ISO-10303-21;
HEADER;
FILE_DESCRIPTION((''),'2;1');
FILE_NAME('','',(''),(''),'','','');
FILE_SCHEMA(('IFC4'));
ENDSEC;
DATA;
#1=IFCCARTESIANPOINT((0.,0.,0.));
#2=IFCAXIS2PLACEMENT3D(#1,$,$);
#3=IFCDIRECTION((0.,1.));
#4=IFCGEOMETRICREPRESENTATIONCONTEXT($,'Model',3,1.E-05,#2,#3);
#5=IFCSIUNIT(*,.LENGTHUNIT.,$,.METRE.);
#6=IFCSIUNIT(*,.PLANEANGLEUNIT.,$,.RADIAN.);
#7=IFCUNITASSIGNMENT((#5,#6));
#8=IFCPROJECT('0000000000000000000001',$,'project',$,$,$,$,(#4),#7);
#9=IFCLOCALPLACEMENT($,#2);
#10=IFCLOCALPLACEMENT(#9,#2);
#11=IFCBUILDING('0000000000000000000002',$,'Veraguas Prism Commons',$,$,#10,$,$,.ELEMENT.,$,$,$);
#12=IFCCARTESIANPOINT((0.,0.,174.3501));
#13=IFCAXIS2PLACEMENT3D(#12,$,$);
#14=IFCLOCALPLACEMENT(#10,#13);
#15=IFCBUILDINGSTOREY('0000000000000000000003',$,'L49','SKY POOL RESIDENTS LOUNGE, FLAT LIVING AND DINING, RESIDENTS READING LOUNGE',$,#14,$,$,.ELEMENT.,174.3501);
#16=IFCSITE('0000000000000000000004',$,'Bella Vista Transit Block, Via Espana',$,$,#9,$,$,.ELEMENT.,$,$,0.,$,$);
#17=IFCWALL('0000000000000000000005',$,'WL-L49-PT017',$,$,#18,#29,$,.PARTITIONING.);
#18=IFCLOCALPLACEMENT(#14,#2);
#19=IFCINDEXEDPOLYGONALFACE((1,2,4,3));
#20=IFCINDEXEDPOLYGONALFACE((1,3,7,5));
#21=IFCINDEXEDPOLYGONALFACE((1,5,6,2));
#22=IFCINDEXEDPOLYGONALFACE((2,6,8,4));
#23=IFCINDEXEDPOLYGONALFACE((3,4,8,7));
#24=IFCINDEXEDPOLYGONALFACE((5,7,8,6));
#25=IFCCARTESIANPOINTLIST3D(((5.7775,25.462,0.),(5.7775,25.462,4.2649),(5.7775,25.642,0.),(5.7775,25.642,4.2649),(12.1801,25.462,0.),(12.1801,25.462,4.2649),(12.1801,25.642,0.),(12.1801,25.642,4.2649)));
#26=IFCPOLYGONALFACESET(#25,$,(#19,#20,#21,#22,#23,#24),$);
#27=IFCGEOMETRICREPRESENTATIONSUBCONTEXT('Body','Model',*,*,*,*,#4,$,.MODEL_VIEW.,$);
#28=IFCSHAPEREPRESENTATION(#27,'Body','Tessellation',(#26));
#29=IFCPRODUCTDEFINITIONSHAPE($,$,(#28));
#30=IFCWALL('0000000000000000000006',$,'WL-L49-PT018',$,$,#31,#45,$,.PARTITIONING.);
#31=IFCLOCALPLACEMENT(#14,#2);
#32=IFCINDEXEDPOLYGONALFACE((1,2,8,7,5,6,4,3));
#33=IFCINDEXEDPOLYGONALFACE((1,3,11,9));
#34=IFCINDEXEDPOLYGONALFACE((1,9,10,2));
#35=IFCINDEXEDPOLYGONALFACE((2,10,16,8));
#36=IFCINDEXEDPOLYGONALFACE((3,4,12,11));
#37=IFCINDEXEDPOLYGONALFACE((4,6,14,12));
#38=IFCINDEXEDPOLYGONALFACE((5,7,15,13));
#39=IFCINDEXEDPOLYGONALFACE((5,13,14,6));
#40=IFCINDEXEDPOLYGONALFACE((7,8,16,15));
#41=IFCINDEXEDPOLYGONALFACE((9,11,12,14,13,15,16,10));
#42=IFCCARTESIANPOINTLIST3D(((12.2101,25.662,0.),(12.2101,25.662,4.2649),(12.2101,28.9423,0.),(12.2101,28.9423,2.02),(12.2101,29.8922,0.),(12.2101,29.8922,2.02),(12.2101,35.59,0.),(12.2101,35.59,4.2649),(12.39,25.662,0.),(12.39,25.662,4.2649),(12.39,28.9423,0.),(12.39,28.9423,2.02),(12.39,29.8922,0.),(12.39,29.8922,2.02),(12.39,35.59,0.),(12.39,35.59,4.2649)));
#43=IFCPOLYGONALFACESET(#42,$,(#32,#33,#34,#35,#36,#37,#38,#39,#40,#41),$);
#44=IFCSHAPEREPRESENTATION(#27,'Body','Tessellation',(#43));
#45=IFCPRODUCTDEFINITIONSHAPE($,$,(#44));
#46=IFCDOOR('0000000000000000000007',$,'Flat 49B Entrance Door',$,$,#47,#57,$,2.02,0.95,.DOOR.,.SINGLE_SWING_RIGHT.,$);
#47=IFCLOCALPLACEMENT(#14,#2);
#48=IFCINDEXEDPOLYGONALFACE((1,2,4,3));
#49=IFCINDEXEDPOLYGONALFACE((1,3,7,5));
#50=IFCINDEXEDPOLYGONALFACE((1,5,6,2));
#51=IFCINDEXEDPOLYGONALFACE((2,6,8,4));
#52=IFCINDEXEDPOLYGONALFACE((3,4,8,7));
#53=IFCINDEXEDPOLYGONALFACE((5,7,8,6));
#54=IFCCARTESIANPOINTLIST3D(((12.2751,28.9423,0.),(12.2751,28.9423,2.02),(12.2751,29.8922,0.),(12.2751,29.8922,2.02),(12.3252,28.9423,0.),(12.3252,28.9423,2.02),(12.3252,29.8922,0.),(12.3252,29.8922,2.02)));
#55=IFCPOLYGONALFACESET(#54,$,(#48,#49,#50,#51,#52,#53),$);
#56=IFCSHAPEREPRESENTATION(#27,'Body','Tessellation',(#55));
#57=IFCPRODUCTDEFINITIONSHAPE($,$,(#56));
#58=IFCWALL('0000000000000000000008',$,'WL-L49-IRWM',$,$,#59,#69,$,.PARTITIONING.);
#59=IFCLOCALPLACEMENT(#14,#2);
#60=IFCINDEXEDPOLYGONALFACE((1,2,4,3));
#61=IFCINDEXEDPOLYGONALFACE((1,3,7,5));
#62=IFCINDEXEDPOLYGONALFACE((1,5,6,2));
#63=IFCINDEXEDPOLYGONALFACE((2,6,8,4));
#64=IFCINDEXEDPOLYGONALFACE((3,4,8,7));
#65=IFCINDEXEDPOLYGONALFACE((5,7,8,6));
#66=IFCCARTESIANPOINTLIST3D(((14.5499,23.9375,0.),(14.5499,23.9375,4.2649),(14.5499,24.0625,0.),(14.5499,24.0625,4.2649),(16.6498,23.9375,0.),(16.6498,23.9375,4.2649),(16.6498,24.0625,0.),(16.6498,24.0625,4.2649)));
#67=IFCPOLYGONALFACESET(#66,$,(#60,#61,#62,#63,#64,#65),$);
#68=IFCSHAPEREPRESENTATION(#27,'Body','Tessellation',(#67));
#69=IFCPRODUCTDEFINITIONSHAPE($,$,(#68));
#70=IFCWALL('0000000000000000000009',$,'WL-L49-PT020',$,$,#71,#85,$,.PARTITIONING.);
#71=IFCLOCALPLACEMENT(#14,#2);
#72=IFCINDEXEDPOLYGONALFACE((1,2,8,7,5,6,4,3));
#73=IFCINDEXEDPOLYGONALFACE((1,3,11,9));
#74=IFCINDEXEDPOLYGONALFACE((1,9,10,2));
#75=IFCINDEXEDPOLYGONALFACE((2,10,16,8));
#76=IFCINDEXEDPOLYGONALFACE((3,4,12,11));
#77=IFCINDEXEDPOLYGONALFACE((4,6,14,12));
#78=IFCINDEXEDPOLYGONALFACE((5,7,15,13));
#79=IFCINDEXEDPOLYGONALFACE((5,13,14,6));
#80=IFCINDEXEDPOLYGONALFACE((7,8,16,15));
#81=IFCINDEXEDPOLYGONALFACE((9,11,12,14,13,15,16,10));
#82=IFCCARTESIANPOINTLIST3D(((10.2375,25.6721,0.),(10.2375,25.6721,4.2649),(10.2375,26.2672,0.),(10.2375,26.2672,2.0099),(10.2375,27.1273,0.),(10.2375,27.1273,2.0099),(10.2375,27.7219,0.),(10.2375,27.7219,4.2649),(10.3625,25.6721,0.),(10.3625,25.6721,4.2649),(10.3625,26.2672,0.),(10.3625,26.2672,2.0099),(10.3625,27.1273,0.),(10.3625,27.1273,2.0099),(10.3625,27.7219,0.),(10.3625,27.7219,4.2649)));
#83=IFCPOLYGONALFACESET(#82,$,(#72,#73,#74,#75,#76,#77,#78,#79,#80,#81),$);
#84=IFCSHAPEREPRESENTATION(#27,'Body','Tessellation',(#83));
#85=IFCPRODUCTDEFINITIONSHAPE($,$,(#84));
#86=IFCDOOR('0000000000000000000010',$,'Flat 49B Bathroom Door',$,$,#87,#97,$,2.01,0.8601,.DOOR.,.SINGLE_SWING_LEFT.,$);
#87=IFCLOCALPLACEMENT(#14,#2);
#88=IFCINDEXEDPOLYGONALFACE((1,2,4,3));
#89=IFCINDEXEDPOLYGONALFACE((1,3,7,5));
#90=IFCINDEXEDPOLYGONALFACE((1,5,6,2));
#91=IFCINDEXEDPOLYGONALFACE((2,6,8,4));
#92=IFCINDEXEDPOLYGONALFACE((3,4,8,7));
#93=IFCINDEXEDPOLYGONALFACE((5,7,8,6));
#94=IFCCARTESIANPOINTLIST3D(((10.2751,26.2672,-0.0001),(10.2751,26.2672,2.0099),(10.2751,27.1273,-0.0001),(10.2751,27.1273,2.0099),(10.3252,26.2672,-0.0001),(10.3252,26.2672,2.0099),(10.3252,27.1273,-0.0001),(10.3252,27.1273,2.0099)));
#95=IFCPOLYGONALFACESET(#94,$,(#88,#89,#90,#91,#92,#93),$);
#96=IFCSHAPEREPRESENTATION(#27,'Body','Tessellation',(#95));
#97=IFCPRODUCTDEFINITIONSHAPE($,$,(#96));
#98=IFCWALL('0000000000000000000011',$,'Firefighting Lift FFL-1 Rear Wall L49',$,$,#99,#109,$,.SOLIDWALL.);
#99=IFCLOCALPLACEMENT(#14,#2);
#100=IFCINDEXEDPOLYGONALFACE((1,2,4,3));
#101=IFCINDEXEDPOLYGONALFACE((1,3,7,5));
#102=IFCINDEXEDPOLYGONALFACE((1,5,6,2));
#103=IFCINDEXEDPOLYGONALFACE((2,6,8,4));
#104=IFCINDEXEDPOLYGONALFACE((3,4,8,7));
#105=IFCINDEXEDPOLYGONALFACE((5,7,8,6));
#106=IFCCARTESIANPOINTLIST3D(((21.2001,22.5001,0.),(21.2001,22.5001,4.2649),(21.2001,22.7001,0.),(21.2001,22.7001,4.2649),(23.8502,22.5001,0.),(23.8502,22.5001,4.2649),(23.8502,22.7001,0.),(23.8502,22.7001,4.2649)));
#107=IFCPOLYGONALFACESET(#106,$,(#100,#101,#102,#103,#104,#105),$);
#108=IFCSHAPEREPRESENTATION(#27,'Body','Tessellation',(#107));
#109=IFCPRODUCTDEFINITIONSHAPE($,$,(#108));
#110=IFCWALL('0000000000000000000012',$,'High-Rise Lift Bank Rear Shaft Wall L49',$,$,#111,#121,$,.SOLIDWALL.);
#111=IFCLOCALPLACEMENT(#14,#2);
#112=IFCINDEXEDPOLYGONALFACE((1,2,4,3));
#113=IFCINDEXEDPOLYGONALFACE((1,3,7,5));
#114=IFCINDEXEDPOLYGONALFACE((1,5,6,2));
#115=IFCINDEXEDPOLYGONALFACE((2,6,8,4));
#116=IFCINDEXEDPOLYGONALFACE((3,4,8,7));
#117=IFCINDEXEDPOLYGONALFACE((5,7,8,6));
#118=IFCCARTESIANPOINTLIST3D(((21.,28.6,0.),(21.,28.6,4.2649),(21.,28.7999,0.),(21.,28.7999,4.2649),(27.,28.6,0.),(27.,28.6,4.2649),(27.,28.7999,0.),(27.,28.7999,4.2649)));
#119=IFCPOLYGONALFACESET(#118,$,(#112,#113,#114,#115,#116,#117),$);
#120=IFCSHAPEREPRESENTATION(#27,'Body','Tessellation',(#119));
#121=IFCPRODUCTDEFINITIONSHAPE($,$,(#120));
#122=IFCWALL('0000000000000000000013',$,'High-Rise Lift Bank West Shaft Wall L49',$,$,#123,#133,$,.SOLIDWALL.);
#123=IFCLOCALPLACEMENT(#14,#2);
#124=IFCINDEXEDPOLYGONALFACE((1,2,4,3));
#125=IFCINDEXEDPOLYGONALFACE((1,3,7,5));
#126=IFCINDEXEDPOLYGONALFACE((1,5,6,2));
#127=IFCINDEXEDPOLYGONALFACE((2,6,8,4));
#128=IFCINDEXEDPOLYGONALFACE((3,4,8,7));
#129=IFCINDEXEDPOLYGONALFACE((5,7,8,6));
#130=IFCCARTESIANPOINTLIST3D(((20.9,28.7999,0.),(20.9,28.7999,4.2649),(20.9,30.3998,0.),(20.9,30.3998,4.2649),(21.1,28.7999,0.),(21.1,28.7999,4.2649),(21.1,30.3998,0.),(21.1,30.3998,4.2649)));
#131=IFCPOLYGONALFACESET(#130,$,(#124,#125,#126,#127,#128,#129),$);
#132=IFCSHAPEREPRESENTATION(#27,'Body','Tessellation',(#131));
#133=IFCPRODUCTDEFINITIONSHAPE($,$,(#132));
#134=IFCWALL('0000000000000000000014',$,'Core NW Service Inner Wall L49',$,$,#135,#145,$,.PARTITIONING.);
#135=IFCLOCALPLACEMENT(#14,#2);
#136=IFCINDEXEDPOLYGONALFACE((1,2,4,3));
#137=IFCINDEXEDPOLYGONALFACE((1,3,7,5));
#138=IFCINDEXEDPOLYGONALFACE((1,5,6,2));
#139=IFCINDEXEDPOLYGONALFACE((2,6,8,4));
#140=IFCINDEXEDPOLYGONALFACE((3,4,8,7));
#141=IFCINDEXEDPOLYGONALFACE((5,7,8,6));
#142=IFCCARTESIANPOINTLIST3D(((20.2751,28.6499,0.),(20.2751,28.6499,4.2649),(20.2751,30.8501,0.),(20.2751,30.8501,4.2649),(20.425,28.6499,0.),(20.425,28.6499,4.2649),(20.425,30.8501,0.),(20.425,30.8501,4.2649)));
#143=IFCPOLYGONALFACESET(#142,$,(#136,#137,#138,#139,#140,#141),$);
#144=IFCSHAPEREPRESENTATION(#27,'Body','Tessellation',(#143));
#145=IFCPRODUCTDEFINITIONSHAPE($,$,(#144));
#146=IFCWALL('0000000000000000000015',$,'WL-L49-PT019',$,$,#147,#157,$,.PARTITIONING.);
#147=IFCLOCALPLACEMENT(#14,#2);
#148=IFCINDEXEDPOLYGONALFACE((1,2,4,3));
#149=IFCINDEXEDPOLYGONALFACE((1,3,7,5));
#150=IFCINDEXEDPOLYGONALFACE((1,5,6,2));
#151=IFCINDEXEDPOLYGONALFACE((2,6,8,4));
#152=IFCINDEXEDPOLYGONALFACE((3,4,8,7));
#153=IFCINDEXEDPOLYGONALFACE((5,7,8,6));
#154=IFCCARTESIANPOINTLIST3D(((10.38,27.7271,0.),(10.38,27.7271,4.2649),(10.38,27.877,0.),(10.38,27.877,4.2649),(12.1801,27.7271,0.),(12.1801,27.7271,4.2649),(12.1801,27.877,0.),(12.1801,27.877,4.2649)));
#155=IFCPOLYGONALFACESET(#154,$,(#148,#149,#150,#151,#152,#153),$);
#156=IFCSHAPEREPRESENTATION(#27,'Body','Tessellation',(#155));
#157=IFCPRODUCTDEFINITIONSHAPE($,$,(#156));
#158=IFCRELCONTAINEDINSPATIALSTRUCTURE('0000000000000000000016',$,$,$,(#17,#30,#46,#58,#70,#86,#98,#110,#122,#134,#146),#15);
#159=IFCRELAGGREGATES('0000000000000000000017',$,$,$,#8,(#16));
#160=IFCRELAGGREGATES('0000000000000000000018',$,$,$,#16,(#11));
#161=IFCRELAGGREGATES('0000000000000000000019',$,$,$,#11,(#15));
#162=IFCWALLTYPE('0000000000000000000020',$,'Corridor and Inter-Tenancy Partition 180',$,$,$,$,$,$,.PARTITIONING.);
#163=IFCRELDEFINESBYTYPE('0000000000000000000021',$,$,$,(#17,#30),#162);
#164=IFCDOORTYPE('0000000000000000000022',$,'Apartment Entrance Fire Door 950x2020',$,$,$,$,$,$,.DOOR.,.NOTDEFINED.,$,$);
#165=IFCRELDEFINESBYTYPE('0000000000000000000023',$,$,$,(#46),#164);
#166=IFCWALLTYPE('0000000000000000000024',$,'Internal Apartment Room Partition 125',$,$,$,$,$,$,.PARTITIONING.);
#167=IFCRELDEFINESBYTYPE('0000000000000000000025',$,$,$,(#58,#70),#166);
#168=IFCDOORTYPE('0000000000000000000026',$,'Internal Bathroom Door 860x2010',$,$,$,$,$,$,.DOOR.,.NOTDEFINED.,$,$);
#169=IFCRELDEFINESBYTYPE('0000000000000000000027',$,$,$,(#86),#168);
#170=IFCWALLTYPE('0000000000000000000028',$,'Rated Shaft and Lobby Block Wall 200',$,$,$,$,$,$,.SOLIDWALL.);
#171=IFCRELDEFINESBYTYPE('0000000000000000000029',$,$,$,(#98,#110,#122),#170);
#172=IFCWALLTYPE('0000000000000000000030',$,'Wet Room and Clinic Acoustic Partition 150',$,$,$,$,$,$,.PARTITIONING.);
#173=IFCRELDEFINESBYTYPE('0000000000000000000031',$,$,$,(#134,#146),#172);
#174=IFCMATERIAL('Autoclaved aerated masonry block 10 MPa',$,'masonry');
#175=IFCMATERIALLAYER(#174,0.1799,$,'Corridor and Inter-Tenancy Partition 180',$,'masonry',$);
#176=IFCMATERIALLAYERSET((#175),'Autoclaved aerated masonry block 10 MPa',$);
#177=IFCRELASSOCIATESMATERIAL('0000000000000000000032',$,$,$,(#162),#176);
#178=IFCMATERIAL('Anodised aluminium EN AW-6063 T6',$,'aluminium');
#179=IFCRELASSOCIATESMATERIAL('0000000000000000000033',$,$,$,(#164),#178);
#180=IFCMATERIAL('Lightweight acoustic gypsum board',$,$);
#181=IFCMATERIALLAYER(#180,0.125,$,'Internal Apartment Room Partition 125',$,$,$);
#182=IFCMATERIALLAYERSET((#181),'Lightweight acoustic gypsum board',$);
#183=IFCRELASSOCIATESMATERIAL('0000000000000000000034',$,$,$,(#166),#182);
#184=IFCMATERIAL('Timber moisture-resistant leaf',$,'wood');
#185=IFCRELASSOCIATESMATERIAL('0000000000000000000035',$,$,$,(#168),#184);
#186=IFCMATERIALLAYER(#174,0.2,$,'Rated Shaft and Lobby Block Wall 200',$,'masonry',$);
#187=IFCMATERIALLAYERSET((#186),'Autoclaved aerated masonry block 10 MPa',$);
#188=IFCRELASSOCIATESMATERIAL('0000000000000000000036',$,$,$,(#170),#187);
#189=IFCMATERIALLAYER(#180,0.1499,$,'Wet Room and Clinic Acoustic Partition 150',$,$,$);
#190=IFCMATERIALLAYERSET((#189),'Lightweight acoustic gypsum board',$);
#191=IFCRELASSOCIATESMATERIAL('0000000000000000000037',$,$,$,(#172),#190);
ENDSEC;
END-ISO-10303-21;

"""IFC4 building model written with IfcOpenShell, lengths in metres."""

from ifc_helpers import new_model, si_unit, direction, frame, frame_2d, origin, place, context, subcontext, project, spatial, rectangle, extrude, source, transform, mapped, material, layer, layer_set, type_object, element, fill, save


model = new_model("IFC4")

# Units and contexts
model_context = context("Model", 3, precision=1e-05, world=origin(), true_north=direction((0.0, 1.0)))
body_context = subcontext(model_context, "Body", "Model", "MODEL_VIEW")
ifc_project = project(units=[si_unit("LENGTHUNIT", "METRE"), si_unit("PLANEANGLEUNIT", "RADIAN")], contexts=[model_context])

# Site, building, storey
site_placement = place(None, origin())
site = spatial("IfcSite", under=ifc_project, at=site_placement, Name="Bella Vista Transit Block, Via Espana", CompositionType="ELEMENT", RefElevation=0.0)
building_placement = place(site_placement, origin())
building = spatial("IfcBuilding", under=site, at=building_placement, Name="Veraguas Prism Commons", CompositionType="ELEMENT")
storey_placement = place(building_placement, frame((0.0, 0.0, 174.3501)))
storey = spatial("IfcBuildingStorey", under=building, at=storey_placement, Name="L49", Description="SKY POOL RESIDENTS LOUNGE, FLAT LIVING AND DINING, RESIDENTS READING LOUNGE", CompositionType="ELEMENT", Elevation=174.3501)

# Shared definitions
ifc_material_1 = material(Name="Anodised aluminium EN AW-6063 T6", Category="aluminium")

# Shared definitions
ifc_material_2 = material(Name="Autoclaved aerated masonry block 10 MPa", Category="masonry")
ifc_layer_1 = layer(ifc_material_2, 0.1799, Name="Corridor and Inter-Tenancy Partition 180", Category="masonry")
ifc_layer_set_1 = layer_set([ifc_layer_1], Name="Autoclaved aerated masonry block 10 MPa")
wall_type_1 = type_object("IfcWallType", Name="Corridor and Inter-Tenancy Partition 180", PredefinedType="PARTITIONING", material=ifc_layer_set_1)

# Wall
wall_1_placement = place(storey_placement, frame((12.1799, 25.552, 0.0), z_axis=(0.0, 0.0, 1.0), x_axis=(-1.0, 0.0, 0.0)))
element("IfcWall", 1, at=wall_1_placement, inside=storey, type_object=wall_type_1, Name="WL-L49-PT017", PredefinedType="PARTITIONING", context=body_context, shape_type="SweptSolid", body=[
    extrude(rectangle(XDim=6.4026, YDim=0.1799, at=frame_2d((3.2012, 0.0))), origin(), (0.0, 0.0, 1.0), 4.2649),
])

# Wall, opening, door
wall_2_placement = place(storey_placement, frame((12.3, 25.6621, 0.0), z_axis=(0.0, 0.0, 1.0), x_axis=(0.0, 1.0, 0.0)))
wall_2 = element("IfcWall", 2, at=wall_2_placement, inside=storey, type_object=wall_type_1, Name="WL-L49-PT018", PredefinedType="PARTITIONING", context=body_context, shape_type="SweptSolid", body=[
    extrude(rectangle(XDim=9.928, YDim=0.1799, at=frame_2d((4.9639, 0.0))), origin(), (0.0, 0.0, 1.0), 4.2649),
])
opening_1_placement = place(wall_2_placement, frame((3.28, 0.0, 0.0)))
opening_1 = element("IfcOpeningElement", 3, at=opening_1_placement, cuts=wall_2, PredefinedType="OPENING", context=body_context, shape_type="SweptSolid", body=[
    extrude(rectangle(XDim=0.95, YDim=2.02, at=frame_2d((0.4751, 1.01))), frame((0.0, 0.0999, 0.0), z_axis=(0.0, -1.0, 0.0), x_axis=(1.0, 0.0, 0.0)), (0.0, 0.0, 1.0), 0.2),
])
door_type_1 = type_object("IfcDoorType", Name="Apartment Entrance Fire Door 950x2020", OperationType="NOTDEFINED", PredefinedType="DOOR", material=ifc_material_1)
shared_shape_1 = source(origin(), body_context, "Body", "SweptSolid", [
    extrude(rectangle(XDim=0.95, YDim=2.02, at=frame_2d((0.4751, 1.01))), frame((0.0, 0.0249, 0.0), z_axis=(0.0, -1.0, 0.0), x_axis=(1.0, 0.0, 0.0)), (0.0, 0.0, 1.0), 0.05),
])
door_1_placement = place(opening_1_placement, origin())
door_1 = element("IfcDoor", 4, at=door_1_placement, inside=storey, type_object=door_type_1, Name="Flat 49B Entrance Door", OperationType="SINGLE_SWING_RIGHT", OverallHeight=2.02, OverallWidth=0.95, PredefinedType="DOOR", context=body_context, shape_type="MappedRepresentation", body=[
    mapped(shared_shape_1, transform((0.0, 0.0, 0.0), scale=1.0)),
])
fill(opening_1, door_1)

# Wall
ifc_material_3 = material(Name="Lightweight acoustic gypsum board")
ifc_layer_2 = layer(ifc_material_3, 0.125, Name="Internal Apartment Room Partition 125")
ifc_layer_set_2 = layer_set([ifc_layer_2], Name="Lightweight acoustic gypsum board")
wall_type_2 = type_object("IfcWallType", Name="Internal Apartment Room Partition 125", PredefinedType="PARTITIONING", material=ifc_layer_set_2)
wall_3_placement = place(storey_placement, frame((14.55, 24.0, 0.0), z_axis=(0.0, 0.0, 1.0), x_axis=(1.0, 0.0, 0.0)))
element("IfcWall", 5, at=wall_3_placement, inside=storey, type_object=wall_type_2, Name="WL-L49-IRWM", PredefinedType="PARTITIONING", context=body_context, shape_type="SweptSolid", body=[
    extrude(rectangle(XDim=2.0999, YDim=0.125, at=frame_2d((1.0498, 0.0))), origin(), (0.0, 0.0, 1.0), 4.2649),
])

# Wall, opening, door
wall_4_placement = place(storey_placement, frame((10.3, 25.6721, 0.0), z_axis=(0.0, 0.0, 1.0), x_axis=(0.0, 1.0, 0.0)))
wall_4 = element("IfcWall", 6, at=wall_4_placement, inside=storey, type_object=wall_type_2, Name="WL-L49-PT020", PredefinedType="PARTITIONING", context=body_context, shape_type="SweptSolid", body=[
    extrude(rectangle(XDim=2.0498, YDim=0.125, at=frame_2d((1.0249, 0.0))), origin(), (0.0, 0.0, 1.0), 4.2649),
])
opening_2_placement = place(wall_4_placement, frame((0.595, 0.0, 0.0)))
opening_2 = element("IfcOpeningElement", 7, at=opening_2_placement, cuts=wall_4, PredefinedType="OPENING", context=body_context, shape_type="SweptSolid", body=[
    extrude(rectangle(XDim=0.8601, YDim=2.01, at=frame_2d((0.4302, 1.0049))), frame((0.0, 0.0725, 0.0), z_axis=(0.0, -1.0, 0.0), x_axis=(1.0, 0.0, 0.0)), (0.0, 0.0, 1.0), 0.145),
])
ifc_material_4 = material(Name="Timber moisture-resistant leaf", Category="wood")
door_type_2 = type_object("IfcDoorType", Name="Internal Bathroom Door 860x2010", OperationType="NOTDEFINED", PredefinedType="DOOR", material=ifc_material_4)
shared_shape_2 = source(origin(), body_context, "Body", "SweptSolid", [
    extrude(rectangle(XDim=0.8601, YDim=2.01, at=frame_2d((0.4302, 1.0049))), frame((0.0, 0.0249, 0.0), z_axis=(0.0, -1.0, 0.0), x_axis=(1.0, 0.0, 0.0)), (0.0, 0.0, 1.0), 0.05),
])
door_2_placement = place(opening_2_placement, origin())
door_2 = element("IfcDoor", 8, at=door_2_placement, inside=storey, type_object=door_type_2, Name="Flat 49B Bathroom Door", OperationType="SINGLE_SWING_LEFT", OverallHeight=2.01, OverallWidth=0.8601, PredefinedType="DOOR", context=body_context, shape_type="MappedRepresentation", body=[
    mapped(shared_shape_2, transform((0.0, 0.0, 0.0), scale=1.0)),
])
fill(opening_2, door_2)

# Walls
ifc_layer_3 = layer(ifc_material_2, 0.2, Name="Rated Shaft and Lobby Block Wall 200", Category="masonry")
ifc_layer_set_3 = layer_set([ifc_layer_3], Name="Autoclaved aerated masonry block 10 MPa")
wall_type_3 = type_object("IfcWallType", Name="Rated Shaft and Lobby Block Wall 200", PredefinedType="SOLIDWALL", material=ifc_layer_set_3)
wall_5_placement = place(storey_placement, frame((21.2, 22.6001, 0.0), z_axis=(0.0, 0.0, 1.0), x_axis=(1.0, 0.0, 0.0)))
element("IfcWall", 9, at=wall_5_placement, inside=storey, type_object=wall_type_3, Name="Firefighting Lift FFL-1 Rear Wall L49", PredefinedType="SOLIDWALL", context=body_context, shape_type="SweptSolid", body=[
    extrude(rectangle(XDim=2.6501, YDim=0.2, at=frame_2d((1.3252, 0.0))), origin(), (0.0, 0.0, 1.0), 4.2649),
])
wall_6_placement = place(storey_placement, frame((21.0, 28.7, 0.0), z_axis=(0.0, 0.0, 1.0), x_axis=(1.0, 0.0, 0.0)))
element("IfcWall", 10, at=wall_6_placement, inside=storey, type_object=wall_type_3, Name="High-Rise Lift Bank Rear Shaft Wall L49", PredefinedType="SOLIDWALL", context=body_context, shape_type="SweptSolid", body=[
    extrude(rectangle(XDim=6.0, YDim=0.2, at=frame_2d((3.0, 0.0))), origin(), (0.0, 0.0, 1.0), 4.2649),
])
wall_7_placement = place(storey_placement, frame((21.0, 28.8, 0.0), z_axis=(0.0, 0.0, 1.0), x_axis=(0.0, 1.0, 0.0)))
element("IfcWall", 11, at=wall_7_placement, inside=storey, type_object=wall_type_3, Name="High-Rise Lift Bank West Shaft Wall L49", PredefinedType="SOLIDWALL", context=body_context, shape_type="SweptSolid", body=[
    extrude(rectangle(XDim=1.5999, YDim=0.2, at=frame_2d((0.7998, 0.0))), origin(), (0.0, 0.0, 1.0), 4.2649),
])
ifc_layer_4 = layer(ifc_material_3, 0.1499, Name="Wet Room and Clinic Acoustic Partition 150")
ifc_layer_set_4 = layer_set([ifc_layer_4], Name="Lightweight acoustic gypsum board")
wall_type_4 = type_object("IfcWallType", Name="Wet Room and Clinic Acoustic Partition 150", PredefinedType="PARTITIONING", material=ifc_layer_set_4)
wall_8_placement = place(storey_placement, frame((20.3501, 28.6499, 0.0), z_axis=(0.0, 0.0, 1.0), x_axis=(0.0, 1.0, 0.0)))
element("IfcWall", 12, at=wall_8_placement, inside=storey, type_object=wall_type_4, Name="Core NW Service Inner Wall L49", PredefinedType="PARTITIONING", context=body_context, shape_type="SweptSolid", body=[
    extrude(rectangle(XDim=2.2002, YDim=0.1499, at=frame_2d((1.1001, 0.0))), origin(), (0.0, 0.0, 1.0), 4.2649),
])
wall_9_placement = place(storey_placement, frame((12.1799, 27.802, 0.0), z_axis=(0.0, 0.0, 1.0), x_axis=(-1.0, 0.0, 0.0)))
element("IfcWall", 13, at=wall_9_placement, inside=storey, type_object=wall_type_4, Name="WL-L49-PT019", PredefinedType="PARTITIONING", context=body_context, shape_type="SweptSolid", body=[
    extrude(rectangle(XDim=1.8, YDim=0.1499, at=frame_2d((0.8999, 0.0))), origin(), (0.0, 0.0, 1.0), 4.2649),
])

save(model, "model.ifc")
